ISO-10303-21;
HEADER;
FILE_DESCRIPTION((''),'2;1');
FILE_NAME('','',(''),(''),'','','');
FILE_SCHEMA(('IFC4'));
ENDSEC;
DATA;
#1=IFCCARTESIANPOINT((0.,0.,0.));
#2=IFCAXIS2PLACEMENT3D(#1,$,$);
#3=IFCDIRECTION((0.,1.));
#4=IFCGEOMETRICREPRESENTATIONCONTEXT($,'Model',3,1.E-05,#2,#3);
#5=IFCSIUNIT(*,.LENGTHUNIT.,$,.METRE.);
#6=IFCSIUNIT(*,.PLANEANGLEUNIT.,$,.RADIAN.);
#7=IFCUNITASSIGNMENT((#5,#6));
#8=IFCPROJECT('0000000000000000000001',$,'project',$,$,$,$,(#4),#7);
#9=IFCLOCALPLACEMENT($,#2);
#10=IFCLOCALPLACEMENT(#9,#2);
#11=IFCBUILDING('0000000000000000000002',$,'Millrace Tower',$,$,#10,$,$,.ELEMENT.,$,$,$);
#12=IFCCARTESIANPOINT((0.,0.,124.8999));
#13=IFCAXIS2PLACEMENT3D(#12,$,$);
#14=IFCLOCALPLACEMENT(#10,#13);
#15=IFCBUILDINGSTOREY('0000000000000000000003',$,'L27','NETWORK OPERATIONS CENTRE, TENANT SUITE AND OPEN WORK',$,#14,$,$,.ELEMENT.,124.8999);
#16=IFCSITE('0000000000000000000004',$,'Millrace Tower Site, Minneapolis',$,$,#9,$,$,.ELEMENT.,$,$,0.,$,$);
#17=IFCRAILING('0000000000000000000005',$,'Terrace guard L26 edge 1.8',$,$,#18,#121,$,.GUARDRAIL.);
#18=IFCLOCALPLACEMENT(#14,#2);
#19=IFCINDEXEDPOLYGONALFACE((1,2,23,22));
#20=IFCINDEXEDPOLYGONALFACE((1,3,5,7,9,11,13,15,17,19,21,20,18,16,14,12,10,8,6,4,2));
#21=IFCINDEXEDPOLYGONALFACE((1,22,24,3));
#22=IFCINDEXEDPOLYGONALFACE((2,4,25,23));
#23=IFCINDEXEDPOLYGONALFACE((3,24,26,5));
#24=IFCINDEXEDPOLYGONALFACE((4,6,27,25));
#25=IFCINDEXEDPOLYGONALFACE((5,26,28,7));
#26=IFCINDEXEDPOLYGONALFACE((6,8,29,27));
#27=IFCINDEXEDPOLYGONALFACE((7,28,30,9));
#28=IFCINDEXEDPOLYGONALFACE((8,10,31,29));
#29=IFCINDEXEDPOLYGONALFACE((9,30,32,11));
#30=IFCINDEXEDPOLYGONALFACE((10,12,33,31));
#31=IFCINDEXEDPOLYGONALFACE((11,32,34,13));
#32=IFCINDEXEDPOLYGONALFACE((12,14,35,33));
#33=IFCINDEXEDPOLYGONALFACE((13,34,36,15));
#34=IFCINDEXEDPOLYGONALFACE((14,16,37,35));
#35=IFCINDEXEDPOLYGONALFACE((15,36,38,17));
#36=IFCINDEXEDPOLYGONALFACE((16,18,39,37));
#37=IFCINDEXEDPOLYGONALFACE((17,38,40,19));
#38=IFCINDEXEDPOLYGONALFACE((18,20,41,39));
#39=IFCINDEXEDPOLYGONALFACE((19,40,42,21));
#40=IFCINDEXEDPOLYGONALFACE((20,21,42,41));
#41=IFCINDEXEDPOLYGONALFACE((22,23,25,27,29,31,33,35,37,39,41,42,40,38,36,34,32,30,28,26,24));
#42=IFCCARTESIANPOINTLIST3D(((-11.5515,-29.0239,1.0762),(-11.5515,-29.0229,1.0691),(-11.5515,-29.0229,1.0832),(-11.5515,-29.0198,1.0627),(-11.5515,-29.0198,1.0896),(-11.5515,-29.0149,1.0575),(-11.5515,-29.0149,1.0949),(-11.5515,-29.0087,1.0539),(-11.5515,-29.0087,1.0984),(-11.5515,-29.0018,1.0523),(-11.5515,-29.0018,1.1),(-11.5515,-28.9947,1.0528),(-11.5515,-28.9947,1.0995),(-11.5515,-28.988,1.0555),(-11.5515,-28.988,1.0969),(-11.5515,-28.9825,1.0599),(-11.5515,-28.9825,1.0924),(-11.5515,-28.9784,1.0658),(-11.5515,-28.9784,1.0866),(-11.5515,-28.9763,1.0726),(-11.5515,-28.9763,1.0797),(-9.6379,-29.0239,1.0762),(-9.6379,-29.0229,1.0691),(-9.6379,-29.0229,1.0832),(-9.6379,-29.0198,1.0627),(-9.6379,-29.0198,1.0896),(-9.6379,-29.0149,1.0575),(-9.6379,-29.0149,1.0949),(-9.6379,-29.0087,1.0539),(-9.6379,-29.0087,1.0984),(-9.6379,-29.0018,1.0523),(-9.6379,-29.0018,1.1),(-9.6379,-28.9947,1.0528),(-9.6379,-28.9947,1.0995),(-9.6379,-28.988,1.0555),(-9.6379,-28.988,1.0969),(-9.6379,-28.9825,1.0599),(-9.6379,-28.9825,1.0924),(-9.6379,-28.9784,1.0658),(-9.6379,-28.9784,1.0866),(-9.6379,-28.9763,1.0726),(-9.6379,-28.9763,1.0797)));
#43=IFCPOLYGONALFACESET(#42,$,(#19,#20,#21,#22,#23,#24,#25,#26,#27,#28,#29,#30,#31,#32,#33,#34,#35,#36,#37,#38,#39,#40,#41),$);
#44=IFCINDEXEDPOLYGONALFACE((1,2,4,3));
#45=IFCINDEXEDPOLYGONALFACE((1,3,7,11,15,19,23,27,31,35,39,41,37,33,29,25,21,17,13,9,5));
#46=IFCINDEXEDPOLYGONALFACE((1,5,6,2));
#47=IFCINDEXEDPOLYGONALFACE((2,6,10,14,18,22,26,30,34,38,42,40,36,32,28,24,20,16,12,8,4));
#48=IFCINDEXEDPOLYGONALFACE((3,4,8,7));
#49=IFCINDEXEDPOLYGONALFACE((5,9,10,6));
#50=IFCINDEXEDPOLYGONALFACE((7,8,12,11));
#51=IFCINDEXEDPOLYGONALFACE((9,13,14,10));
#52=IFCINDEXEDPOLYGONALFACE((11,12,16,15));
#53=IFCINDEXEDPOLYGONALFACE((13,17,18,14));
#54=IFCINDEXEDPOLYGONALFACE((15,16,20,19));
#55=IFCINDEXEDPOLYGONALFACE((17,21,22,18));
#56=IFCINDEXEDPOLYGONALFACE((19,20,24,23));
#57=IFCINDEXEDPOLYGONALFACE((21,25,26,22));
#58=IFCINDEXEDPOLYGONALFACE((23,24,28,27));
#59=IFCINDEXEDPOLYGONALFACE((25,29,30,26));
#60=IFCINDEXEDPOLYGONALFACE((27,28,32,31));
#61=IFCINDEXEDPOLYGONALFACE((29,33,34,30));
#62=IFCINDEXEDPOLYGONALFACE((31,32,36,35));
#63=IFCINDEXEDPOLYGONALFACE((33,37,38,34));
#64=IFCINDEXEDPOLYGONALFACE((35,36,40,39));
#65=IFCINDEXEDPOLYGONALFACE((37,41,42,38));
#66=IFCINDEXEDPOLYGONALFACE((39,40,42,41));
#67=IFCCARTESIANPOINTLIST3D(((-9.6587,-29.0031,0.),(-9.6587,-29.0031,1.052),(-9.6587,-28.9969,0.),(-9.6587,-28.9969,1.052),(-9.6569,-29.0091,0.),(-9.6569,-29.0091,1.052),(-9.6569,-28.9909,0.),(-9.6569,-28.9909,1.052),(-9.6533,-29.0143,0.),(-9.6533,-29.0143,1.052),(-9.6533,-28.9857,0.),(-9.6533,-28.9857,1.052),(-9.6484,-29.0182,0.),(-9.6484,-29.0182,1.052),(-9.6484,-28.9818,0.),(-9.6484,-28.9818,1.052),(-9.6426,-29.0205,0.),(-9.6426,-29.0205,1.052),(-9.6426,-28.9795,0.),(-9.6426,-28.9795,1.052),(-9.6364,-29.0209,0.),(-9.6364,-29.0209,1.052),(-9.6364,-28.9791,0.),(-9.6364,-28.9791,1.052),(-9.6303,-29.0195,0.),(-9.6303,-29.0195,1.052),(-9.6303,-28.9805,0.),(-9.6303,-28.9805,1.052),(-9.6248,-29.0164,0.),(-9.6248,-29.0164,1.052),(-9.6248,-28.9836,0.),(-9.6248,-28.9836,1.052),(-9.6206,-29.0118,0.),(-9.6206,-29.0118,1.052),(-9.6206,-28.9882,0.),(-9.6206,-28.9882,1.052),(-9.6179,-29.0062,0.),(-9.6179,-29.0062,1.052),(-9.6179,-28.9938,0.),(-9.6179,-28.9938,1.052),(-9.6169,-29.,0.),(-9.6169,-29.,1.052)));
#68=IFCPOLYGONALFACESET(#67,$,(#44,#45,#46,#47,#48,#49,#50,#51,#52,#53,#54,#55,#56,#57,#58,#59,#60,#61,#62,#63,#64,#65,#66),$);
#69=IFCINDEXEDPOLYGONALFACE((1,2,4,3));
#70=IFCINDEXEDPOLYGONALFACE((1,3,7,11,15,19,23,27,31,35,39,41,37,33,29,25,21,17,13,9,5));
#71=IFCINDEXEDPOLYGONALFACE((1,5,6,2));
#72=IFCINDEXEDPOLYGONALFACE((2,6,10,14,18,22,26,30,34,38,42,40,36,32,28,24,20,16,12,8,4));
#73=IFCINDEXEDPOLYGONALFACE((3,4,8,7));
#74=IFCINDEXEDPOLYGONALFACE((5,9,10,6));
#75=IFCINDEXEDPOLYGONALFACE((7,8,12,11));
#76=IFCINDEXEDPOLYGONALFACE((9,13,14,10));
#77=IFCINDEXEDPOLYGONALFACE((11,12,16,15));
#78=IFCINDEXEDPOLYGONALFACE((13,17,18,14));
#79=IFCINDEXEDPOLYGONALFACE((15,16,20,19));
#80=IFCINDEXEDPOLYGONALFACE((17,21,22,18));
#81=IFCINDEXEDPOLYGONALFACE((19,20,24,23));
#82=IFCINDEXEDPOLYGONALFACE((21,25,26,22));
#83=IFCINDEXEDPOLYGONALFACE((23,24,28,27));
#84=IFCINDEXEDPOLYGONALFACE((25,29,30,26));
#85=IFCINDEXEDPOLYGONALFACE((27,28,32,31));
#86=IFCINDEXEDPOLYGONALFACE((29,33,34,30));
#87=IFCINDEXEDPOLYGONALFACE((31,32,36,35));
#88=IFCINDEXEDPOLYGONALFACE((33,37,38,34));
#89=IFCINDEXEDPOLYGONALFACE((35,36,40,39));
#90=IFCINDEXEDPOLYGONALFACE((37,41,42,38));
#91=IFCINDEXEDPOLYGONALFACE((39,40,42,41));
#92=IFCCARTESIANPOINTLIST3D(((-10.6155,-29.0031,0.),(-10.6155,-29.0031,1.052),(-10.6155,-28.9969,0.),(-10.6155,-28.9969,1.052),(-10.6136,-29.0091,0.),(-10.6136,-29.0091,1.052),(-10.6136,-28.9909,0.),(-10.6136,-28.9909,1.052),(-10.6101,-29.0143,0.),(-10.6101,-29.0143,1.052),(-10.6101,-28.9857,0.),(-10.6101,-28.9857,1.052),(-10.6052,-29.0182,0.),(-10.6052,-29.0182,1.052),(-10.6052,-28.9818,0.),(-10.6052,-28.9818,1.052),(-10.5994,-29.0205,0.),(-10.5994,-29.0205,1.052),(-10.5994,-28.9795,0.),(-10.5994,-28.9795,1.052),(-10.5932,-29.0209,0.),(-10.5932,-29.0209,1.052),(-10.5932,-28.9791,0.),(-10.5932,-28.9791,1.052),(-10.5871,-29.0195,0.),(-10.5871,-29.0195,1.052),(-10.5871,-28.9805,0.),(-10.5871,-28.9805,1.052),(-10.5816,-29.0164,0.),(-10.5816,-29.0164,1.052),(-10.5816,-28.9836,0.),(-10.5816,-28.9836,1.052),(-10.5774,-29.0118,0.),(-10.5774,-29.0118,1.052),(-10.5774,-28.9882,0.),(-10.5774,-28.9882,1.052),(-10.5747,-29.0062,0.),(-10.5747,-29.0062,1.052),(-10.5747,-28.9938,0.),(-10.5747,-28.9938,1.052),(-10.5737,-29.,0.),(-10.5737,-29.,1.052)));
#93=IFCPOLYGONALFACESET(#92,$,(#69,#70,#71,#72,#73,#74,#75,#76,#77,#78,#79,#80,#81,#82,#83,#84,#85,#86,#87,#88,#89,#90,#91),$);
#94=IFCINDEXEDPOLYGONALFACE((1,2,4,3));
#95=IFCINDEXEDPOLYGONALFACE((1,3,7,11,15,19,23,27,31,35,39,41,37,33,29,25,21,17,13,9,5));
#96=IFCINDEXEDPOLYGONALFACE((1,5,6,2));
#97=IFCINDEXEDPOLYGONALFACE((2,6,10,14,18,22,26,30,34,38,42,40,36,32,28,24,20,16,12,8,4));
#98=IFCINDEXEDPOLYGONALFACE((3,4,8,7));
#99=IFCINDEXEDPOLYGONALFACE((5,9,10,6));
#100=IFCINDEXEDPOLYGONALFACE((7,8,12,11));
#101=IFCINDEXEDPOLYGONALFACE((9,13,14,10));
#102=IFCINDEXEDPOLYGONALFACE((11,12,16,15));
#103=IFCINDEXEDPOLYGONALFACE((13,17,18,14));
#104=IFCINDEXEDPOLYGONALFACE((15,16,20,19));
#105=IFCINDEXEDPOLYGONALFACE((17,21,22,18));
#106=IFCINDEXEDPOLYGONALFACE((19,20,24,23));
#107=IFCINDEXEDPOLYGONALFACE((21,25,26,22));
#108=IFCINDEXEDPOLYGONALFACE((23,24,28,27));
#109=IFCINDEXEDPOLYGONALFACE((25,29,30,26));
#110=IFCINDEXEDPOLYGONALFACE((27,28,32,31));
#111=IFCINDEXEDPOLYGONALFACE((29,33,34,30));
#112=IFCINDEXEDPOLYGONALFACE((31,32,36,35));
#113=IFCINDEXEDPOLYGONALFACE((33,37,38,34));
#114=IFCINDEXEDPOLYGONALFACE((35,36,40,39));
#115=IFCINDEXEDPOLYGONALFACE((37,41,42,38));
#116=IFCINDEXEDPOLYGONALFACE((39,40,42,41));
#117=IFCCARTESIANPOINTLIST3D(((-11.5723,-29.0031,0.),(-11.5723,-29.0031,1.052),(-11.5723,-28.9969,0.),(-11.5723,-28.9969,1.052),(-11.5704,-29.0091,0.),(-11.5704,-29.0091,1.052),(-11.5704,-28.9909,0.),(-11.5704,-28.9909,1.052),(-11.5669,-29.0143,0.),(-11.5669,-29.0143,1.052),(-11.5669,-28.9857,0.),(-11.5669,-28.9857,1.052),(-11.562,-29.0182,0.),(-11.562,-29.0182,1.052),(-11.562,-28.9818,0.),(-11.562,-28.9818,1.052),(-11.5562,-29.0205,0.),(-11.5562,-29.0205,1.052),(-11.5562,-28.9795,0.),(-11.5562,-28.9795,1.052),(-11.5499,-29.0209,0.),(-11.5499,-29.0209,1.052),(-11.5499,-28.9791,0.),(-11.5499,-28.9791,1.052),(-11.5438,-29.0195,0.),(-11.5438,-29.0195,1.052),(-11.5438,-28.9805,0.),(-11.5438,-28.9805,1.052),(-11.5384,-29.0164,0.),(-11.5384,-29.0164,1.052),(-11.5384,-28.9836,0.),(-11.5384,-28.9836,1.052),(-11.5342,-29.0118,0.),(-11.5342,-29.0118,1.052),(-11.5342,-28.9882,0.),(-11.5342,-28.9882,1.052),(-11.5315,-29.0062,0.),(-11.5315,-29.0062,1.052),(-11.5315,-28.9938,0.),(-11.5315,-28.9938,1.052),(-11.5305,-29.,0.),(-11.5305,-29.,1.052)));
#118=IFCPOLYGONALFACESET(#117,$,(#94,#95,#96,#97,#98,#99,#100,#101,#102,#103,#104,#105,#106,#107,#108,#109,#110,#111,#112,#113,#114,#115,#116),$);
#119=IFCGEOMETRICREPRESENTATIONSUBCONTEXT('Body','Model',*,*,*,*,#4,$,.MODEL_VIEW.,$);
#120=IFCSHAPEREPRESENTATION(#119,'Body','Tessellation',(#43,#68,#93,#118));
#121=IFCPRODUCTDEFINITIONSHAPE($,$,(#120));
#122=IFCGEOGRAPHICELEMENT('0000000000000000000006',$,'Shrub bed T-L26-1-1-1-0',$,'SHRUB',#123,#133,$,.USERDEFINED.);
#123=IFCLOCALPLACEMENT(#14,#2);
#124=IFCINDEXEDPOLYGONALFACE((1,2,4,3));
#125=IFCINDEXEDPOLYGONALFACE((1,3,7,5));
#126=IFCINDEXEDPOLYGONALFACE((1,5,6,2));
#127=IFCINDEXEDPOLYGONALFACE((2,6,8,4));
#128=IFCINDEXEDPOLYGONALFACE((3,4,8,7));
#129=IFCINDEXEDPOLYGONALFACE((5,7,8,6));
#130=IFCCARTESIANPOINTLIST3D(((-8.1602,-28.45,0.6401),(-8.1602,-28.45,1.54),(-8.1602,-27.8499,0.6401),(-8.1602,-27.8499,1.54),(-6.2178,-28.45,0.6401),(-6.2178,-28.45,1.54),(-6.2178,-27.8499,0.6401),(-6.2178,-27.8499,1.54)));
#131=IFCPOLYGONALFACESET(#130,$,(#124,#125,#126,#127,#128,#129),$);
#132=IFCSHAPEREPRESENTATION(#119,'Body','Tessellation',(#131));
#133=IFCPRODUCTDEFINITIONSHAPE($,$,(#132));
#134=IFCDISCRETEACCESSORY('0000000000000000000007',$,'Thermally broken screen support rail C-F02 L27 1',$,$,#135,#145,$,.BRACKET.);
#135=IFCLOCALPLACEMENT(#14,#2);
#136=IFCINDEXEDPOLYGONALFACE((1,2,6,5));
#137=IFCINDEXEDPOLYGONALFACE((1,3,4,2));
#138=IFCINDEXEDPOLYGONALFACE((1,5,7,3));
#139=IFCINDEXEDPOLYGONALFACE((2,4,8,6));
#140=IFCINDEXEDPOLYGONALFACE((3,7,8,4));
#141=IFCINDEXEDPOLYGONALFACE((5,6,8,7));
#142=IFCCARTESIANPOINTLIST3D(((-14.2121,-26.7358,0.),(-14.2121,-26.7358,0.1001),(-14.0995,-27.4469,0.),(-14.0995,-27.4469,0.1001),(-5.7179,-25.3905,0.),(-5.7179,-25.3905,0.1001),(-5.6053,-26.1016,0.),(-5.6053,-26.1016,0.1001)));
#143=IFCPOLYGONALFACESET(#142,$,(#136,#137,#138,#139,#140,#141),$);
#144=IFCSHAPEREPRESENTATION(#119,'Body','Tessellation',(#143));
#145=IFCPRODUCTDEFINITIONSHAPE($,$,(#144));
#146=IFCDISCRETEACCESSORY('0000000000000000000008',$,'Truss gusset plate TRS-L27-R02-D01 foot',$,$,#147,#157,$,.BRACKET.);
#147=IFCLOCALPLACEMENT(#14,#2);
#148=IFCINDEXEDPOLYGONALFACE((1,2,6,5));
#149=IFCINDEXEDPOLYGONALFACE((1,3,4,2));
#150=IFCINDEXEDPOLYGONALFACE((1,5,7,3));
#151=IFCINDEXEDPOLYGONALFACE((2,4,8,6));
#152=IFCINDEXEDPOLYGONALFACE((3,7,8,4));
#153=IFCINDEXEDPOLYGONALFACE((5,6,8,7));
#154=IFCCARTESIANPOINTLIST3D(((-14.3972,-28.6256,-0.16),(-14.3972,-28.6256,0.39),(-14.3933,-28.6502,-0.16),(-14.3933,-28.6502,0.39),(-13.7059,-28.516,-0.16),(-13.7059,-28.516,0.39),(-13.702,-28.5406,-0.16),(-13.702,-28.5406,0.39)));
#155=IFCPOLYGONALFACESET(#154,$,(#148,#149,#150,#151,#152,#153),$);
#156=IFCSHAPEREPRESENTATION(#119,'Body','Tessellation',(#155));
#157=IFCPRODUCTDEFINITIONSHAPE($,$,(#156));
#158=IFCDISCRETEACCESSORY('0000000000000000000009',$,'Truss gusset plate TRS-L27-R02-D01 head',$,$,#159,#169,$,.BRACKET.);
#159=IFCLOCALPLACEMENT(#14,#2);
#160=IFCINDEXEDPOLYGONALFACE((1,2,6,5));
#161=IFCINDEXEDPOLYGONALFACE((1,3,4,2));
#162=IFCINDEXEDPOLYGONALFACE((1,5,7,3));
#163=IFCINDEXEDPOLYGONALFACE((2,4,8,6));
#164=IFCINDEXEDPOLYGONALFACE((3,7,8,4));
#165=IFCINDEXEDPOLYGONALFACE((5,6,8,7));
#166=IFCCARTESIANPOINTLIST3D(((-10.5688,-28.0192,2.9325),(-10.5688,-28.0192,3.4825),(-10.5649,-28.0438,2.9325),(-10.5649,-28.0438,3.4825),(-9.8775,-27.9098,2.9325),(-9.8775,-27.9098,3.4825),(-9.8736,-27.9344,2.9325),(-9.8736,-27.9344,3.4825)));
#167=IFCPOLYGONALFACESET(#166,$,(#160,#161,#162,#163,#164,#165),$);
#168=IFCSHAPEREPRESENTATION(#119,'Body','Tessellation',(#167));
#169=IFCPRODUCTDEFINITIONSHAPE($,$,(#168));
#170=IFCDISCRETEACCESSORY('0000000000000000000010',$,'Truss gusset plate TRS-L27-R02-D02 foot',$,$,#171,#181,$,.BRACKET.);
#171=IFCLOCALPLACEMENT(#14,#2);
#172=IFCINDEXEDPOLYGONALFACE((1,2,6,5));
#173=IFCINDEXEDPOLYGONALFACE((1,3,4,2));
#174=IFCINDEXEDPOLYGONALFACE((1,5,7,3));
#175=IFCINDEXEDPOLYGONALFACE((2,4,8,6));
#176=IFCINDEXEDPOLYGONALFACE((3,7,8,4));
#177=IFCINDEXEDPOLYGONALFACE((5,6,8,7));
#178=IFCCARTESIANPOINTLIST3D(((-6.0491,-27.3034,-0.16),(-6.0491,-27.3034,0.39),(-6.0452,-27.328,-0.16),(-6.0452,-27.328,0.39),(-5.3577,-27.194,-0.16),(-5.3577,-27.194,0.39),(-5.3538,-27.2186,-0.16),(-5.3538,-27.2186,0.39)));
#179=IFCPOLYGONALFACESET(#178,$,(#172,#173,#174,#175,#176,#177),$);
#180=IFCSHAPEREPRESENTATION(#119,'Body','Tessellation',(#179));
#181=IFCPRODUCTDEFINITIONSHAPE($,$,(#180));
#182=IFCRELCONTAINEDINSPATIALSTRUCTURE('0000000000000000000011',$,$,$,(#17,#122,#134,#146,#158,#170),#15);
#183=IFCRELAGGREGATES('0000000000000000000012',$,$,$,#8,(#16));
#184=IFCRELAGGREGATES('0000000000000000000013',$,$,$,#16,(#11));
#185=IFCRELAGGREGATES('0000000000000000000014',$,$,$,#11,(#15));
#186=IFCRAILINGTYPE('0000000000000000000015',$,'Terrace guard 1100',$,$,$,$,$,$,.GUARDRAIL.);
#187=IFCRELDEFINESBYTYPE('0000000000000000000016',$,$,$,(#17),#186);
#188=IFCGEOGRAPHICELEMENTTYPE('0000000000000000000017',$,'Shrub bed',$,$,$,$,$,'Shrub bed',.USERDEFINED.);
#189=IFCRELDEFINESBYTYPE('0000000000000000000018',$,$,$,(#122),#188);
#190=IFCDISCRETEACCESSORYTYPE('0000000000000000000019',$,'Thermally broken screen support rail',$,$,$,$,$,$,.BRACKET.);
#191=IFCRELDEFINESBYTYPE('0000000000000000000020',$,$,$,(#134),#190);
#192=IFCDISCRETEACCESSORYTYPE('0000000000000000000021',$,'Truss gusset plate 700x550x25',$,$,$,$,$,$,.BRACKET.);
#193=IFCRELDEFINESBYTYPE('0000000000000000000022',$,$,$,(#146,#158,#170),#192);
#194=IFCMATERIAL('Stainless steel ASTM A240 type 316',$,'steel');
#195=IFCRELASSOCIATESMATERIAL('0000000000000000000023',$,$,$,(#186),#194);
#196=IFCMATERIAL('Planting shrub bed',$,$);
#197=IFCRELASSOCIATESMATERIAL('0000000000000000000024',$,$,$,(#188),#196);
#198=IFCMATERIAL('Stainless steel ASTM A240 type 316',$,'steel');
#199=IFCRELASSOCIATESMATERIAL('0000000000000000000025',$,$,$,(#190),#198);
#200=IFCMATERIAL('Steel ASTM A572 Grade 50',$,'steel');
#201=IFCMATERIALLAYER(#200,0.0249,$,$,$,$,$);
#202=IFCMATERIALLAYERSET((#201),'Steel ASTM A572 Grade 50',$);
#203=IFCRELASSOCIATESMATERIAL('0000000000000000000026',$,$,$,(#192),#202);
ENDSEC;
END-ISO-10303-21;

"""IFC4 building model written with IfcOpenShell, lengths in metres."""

from ifc_helpers import new_model, si_unit, direction, frame, origin, origin_2d, place, context, subcontext, project, spatial, rectangle, circle, extrude, material, layer, layer_set, type_object, element, save


model = new_model("IFC4")

# Units and contexts
model_context = context("Model", 3, precision=1e-05, world=origin(), true_north=direction((0.0, 1.0)))
body_context = subcontext(model_context, "Body", "Model", "MODEL_VIEW")
ifc_project = project(units=[si_unit("LENGTHUNIT", "METRE"), si_unit("PLANEANGLEUNIT", "RADIAN")], contexts=[model_context])

# Site, building, storey
site_placement = place(None, origin())
site = spatial("IfcSite", under=ifc_project, at=site_placement, Name="Millrace Tower Site, Minneapolis", CompositionType="ELEMENT", RefElevation=0.0)
building_placement = place(site_placement, origin())
building = spatial("IfcBuilding", under=site, at=building_placement, Name="Millrace Tower", CompositionType="ELEMENT")
storey_placement = place(building_placement, frame((0.0, 0.0, 124.8999)))
storey = spatial("IfcBuildingStorey", under=building, at=storey_placement, Name="L27", Description="NETWORK OPERATIONS CENTRE, TENANT SUITE AND OPEN WORK", CompositionType="ELEMENT", Elevation=124.8999)

# Railing
ifc_material_1 = material(Name="Stainless steel ASTM A240 type 316", Category="steel")
railing_type = type_object("IfcRailingType", Name="Terrace guard 1100", PredefinedType="GUARDRAIL", material=ifc_material_1)
railing_1_placement = place(storey_placement, frame((-9.6379, -29.0, 0.0)))
element("IfcRailing", 1, at=railing_1_placement, inside=storey, type_object=railing_type, Name="Terrace guard L26 edge 1.8", PredefinedType="GUARDRAIL", context=body_context, shape_type="SweptSolid", body=[
    extrude(circle(Radius=0.0239, at=origin_2d()), frame((0.0, 0.0, 1.0762), z_axis=(-1.0, 0.0, 0.0), x_axis=(0.0, -1.0, 0.0)), (0.0, 0.0, 1.0), 1.9136),
    extrude(circle(Radius=0.021, at=origin_2d()), origin(), (0.0, 0.0, 1.0), 1.052),
    extrude(circle(Radius=0.021, at=origin_2d()), frame((-0.9568, 0.0, 0.0)), (0.0, 0.0, 1.0), 1.052),
    extrude(circle(Radius=0.021, at=origin_2d()), frame((-1.9136, 0.0, 0.0)), (0.0, 0.0, 1.0), 1.052),
])

# Geographic element
ifc_material_2 = material(Name="Planting shrub bed")
geographic_element_type = type_object("IfcGeographicElementType", Name="Shrub bed", ElementType="Shrub bed", PredefinedType="USERDEFINED", material=ifc_material_2)
geographic_element_placement = place(storey_placement, frame((-7.189, -28.1499, 0.6401), z_axis=(0.0, 0.0, 1.0), x_axis=(1.0, 0.0, 0.0)))
element("IfcGeographicElement", 2, at=geographic_element_placement, inside=storey, type_object=geographic_element_type, Name="Shrub bed T-L26-1-1-1-0", ObjectType="SHRUB", PredefinedType="USERDEFINED", context=body_context, shape_type="SweptSolid", body=[
    extrude(rectangle(XDim=1.9424, YDim=0.6001, at=origin_2d()), origin(), (0.0, 0.0, 1.0), 0.8999),
])

# Discrete accessories
ifc_material_3 = material(Name="Stainless steel ASTM A240 type 316", Category="steel")
discrete_accessory_type_1 = type_object("IfcDiscreteAccessoryType", Name="Thermally broken screen support rail", PredefinedType="BRACKET", material=ifc_material_3)
discrete_accessory_placement = place(storey_placement, frame((-9.9087, -26.4187, 0.0), z_axis=(0.0, 0.0, 1.0), x_axis=(0.987688, 0.156434, 0.0)))
element("IfcDiscreteAccessory", 3, at=discrete_accessory_placement, inside=storey, type_object=discrete_accessory_type_1, Name="Thermally broken screen support rail C-F02 L27 1", PredefinedType="BRACKET", context=body_context, shape_type="SweptSolid", body=[
    extrude(rectangle(XDim=8.6001, YDim=0.72, at=origin_2d()), origin(), (0.0, 0.0, 1.0), 0.1001),
])
ifc_material_4 = material(Name="Steel ASTM A572 Grade 50", Category="steel")
ifc_layer_1 = layer(ifc_material_4, 0.0249)
ifc_layer_set_1 = layer_set([ifc_layer_1], Name="Steel ASTM A572 Grade 50")
discrete_accessory_type_2 = type_object("IfcDiscreteAccessoryType", Name="Truss gusset plate 700x550x25", PredefinedType="BRACKET", material=ifc_layer_set_1)
for number, where, z_axis, x_axis, name in (
    (4, (-14.3953, -28.6379, 0.115), (0.987664, 0.156589, 0.0), (-0.156589, 0.987664, 0.0), "Truss gusset plate TRS-L27-R02-D01 foot"),
    (5, (-10.5669, -28.0315, 3.2075), (0.987718, 0.156249, 0.0), (-0.156249, 0.987718, 0.0), "Truss gusset plate TRS-L27-R02-D01 head"),
    (6, (-6.0471, -27.3157, 0.115), (0.987718, 0.156249, 0.0), (-0.156249, 0.987718, 0.0), "Truss gusset plate TRS-L27-R02-D02 foot"),
):
    element("IfcDiscreteAccessory", number, at=place(storey_placement, frame(where, z_axis=z_axis, x_axis=x_axis)), inside=storey, type_object=discrete_accessory_type_2, Name=name, PredefinedType="BRACKET", context=body_context, shape_type="SweptSolid", body=[
        extrude(rectangle(XDim=0.0249, YDim=0.55, at=origin_2d()), origin(), (0.0, 0.0, 1.0), 0.7),
    ])

save(model, "model.ifc")
